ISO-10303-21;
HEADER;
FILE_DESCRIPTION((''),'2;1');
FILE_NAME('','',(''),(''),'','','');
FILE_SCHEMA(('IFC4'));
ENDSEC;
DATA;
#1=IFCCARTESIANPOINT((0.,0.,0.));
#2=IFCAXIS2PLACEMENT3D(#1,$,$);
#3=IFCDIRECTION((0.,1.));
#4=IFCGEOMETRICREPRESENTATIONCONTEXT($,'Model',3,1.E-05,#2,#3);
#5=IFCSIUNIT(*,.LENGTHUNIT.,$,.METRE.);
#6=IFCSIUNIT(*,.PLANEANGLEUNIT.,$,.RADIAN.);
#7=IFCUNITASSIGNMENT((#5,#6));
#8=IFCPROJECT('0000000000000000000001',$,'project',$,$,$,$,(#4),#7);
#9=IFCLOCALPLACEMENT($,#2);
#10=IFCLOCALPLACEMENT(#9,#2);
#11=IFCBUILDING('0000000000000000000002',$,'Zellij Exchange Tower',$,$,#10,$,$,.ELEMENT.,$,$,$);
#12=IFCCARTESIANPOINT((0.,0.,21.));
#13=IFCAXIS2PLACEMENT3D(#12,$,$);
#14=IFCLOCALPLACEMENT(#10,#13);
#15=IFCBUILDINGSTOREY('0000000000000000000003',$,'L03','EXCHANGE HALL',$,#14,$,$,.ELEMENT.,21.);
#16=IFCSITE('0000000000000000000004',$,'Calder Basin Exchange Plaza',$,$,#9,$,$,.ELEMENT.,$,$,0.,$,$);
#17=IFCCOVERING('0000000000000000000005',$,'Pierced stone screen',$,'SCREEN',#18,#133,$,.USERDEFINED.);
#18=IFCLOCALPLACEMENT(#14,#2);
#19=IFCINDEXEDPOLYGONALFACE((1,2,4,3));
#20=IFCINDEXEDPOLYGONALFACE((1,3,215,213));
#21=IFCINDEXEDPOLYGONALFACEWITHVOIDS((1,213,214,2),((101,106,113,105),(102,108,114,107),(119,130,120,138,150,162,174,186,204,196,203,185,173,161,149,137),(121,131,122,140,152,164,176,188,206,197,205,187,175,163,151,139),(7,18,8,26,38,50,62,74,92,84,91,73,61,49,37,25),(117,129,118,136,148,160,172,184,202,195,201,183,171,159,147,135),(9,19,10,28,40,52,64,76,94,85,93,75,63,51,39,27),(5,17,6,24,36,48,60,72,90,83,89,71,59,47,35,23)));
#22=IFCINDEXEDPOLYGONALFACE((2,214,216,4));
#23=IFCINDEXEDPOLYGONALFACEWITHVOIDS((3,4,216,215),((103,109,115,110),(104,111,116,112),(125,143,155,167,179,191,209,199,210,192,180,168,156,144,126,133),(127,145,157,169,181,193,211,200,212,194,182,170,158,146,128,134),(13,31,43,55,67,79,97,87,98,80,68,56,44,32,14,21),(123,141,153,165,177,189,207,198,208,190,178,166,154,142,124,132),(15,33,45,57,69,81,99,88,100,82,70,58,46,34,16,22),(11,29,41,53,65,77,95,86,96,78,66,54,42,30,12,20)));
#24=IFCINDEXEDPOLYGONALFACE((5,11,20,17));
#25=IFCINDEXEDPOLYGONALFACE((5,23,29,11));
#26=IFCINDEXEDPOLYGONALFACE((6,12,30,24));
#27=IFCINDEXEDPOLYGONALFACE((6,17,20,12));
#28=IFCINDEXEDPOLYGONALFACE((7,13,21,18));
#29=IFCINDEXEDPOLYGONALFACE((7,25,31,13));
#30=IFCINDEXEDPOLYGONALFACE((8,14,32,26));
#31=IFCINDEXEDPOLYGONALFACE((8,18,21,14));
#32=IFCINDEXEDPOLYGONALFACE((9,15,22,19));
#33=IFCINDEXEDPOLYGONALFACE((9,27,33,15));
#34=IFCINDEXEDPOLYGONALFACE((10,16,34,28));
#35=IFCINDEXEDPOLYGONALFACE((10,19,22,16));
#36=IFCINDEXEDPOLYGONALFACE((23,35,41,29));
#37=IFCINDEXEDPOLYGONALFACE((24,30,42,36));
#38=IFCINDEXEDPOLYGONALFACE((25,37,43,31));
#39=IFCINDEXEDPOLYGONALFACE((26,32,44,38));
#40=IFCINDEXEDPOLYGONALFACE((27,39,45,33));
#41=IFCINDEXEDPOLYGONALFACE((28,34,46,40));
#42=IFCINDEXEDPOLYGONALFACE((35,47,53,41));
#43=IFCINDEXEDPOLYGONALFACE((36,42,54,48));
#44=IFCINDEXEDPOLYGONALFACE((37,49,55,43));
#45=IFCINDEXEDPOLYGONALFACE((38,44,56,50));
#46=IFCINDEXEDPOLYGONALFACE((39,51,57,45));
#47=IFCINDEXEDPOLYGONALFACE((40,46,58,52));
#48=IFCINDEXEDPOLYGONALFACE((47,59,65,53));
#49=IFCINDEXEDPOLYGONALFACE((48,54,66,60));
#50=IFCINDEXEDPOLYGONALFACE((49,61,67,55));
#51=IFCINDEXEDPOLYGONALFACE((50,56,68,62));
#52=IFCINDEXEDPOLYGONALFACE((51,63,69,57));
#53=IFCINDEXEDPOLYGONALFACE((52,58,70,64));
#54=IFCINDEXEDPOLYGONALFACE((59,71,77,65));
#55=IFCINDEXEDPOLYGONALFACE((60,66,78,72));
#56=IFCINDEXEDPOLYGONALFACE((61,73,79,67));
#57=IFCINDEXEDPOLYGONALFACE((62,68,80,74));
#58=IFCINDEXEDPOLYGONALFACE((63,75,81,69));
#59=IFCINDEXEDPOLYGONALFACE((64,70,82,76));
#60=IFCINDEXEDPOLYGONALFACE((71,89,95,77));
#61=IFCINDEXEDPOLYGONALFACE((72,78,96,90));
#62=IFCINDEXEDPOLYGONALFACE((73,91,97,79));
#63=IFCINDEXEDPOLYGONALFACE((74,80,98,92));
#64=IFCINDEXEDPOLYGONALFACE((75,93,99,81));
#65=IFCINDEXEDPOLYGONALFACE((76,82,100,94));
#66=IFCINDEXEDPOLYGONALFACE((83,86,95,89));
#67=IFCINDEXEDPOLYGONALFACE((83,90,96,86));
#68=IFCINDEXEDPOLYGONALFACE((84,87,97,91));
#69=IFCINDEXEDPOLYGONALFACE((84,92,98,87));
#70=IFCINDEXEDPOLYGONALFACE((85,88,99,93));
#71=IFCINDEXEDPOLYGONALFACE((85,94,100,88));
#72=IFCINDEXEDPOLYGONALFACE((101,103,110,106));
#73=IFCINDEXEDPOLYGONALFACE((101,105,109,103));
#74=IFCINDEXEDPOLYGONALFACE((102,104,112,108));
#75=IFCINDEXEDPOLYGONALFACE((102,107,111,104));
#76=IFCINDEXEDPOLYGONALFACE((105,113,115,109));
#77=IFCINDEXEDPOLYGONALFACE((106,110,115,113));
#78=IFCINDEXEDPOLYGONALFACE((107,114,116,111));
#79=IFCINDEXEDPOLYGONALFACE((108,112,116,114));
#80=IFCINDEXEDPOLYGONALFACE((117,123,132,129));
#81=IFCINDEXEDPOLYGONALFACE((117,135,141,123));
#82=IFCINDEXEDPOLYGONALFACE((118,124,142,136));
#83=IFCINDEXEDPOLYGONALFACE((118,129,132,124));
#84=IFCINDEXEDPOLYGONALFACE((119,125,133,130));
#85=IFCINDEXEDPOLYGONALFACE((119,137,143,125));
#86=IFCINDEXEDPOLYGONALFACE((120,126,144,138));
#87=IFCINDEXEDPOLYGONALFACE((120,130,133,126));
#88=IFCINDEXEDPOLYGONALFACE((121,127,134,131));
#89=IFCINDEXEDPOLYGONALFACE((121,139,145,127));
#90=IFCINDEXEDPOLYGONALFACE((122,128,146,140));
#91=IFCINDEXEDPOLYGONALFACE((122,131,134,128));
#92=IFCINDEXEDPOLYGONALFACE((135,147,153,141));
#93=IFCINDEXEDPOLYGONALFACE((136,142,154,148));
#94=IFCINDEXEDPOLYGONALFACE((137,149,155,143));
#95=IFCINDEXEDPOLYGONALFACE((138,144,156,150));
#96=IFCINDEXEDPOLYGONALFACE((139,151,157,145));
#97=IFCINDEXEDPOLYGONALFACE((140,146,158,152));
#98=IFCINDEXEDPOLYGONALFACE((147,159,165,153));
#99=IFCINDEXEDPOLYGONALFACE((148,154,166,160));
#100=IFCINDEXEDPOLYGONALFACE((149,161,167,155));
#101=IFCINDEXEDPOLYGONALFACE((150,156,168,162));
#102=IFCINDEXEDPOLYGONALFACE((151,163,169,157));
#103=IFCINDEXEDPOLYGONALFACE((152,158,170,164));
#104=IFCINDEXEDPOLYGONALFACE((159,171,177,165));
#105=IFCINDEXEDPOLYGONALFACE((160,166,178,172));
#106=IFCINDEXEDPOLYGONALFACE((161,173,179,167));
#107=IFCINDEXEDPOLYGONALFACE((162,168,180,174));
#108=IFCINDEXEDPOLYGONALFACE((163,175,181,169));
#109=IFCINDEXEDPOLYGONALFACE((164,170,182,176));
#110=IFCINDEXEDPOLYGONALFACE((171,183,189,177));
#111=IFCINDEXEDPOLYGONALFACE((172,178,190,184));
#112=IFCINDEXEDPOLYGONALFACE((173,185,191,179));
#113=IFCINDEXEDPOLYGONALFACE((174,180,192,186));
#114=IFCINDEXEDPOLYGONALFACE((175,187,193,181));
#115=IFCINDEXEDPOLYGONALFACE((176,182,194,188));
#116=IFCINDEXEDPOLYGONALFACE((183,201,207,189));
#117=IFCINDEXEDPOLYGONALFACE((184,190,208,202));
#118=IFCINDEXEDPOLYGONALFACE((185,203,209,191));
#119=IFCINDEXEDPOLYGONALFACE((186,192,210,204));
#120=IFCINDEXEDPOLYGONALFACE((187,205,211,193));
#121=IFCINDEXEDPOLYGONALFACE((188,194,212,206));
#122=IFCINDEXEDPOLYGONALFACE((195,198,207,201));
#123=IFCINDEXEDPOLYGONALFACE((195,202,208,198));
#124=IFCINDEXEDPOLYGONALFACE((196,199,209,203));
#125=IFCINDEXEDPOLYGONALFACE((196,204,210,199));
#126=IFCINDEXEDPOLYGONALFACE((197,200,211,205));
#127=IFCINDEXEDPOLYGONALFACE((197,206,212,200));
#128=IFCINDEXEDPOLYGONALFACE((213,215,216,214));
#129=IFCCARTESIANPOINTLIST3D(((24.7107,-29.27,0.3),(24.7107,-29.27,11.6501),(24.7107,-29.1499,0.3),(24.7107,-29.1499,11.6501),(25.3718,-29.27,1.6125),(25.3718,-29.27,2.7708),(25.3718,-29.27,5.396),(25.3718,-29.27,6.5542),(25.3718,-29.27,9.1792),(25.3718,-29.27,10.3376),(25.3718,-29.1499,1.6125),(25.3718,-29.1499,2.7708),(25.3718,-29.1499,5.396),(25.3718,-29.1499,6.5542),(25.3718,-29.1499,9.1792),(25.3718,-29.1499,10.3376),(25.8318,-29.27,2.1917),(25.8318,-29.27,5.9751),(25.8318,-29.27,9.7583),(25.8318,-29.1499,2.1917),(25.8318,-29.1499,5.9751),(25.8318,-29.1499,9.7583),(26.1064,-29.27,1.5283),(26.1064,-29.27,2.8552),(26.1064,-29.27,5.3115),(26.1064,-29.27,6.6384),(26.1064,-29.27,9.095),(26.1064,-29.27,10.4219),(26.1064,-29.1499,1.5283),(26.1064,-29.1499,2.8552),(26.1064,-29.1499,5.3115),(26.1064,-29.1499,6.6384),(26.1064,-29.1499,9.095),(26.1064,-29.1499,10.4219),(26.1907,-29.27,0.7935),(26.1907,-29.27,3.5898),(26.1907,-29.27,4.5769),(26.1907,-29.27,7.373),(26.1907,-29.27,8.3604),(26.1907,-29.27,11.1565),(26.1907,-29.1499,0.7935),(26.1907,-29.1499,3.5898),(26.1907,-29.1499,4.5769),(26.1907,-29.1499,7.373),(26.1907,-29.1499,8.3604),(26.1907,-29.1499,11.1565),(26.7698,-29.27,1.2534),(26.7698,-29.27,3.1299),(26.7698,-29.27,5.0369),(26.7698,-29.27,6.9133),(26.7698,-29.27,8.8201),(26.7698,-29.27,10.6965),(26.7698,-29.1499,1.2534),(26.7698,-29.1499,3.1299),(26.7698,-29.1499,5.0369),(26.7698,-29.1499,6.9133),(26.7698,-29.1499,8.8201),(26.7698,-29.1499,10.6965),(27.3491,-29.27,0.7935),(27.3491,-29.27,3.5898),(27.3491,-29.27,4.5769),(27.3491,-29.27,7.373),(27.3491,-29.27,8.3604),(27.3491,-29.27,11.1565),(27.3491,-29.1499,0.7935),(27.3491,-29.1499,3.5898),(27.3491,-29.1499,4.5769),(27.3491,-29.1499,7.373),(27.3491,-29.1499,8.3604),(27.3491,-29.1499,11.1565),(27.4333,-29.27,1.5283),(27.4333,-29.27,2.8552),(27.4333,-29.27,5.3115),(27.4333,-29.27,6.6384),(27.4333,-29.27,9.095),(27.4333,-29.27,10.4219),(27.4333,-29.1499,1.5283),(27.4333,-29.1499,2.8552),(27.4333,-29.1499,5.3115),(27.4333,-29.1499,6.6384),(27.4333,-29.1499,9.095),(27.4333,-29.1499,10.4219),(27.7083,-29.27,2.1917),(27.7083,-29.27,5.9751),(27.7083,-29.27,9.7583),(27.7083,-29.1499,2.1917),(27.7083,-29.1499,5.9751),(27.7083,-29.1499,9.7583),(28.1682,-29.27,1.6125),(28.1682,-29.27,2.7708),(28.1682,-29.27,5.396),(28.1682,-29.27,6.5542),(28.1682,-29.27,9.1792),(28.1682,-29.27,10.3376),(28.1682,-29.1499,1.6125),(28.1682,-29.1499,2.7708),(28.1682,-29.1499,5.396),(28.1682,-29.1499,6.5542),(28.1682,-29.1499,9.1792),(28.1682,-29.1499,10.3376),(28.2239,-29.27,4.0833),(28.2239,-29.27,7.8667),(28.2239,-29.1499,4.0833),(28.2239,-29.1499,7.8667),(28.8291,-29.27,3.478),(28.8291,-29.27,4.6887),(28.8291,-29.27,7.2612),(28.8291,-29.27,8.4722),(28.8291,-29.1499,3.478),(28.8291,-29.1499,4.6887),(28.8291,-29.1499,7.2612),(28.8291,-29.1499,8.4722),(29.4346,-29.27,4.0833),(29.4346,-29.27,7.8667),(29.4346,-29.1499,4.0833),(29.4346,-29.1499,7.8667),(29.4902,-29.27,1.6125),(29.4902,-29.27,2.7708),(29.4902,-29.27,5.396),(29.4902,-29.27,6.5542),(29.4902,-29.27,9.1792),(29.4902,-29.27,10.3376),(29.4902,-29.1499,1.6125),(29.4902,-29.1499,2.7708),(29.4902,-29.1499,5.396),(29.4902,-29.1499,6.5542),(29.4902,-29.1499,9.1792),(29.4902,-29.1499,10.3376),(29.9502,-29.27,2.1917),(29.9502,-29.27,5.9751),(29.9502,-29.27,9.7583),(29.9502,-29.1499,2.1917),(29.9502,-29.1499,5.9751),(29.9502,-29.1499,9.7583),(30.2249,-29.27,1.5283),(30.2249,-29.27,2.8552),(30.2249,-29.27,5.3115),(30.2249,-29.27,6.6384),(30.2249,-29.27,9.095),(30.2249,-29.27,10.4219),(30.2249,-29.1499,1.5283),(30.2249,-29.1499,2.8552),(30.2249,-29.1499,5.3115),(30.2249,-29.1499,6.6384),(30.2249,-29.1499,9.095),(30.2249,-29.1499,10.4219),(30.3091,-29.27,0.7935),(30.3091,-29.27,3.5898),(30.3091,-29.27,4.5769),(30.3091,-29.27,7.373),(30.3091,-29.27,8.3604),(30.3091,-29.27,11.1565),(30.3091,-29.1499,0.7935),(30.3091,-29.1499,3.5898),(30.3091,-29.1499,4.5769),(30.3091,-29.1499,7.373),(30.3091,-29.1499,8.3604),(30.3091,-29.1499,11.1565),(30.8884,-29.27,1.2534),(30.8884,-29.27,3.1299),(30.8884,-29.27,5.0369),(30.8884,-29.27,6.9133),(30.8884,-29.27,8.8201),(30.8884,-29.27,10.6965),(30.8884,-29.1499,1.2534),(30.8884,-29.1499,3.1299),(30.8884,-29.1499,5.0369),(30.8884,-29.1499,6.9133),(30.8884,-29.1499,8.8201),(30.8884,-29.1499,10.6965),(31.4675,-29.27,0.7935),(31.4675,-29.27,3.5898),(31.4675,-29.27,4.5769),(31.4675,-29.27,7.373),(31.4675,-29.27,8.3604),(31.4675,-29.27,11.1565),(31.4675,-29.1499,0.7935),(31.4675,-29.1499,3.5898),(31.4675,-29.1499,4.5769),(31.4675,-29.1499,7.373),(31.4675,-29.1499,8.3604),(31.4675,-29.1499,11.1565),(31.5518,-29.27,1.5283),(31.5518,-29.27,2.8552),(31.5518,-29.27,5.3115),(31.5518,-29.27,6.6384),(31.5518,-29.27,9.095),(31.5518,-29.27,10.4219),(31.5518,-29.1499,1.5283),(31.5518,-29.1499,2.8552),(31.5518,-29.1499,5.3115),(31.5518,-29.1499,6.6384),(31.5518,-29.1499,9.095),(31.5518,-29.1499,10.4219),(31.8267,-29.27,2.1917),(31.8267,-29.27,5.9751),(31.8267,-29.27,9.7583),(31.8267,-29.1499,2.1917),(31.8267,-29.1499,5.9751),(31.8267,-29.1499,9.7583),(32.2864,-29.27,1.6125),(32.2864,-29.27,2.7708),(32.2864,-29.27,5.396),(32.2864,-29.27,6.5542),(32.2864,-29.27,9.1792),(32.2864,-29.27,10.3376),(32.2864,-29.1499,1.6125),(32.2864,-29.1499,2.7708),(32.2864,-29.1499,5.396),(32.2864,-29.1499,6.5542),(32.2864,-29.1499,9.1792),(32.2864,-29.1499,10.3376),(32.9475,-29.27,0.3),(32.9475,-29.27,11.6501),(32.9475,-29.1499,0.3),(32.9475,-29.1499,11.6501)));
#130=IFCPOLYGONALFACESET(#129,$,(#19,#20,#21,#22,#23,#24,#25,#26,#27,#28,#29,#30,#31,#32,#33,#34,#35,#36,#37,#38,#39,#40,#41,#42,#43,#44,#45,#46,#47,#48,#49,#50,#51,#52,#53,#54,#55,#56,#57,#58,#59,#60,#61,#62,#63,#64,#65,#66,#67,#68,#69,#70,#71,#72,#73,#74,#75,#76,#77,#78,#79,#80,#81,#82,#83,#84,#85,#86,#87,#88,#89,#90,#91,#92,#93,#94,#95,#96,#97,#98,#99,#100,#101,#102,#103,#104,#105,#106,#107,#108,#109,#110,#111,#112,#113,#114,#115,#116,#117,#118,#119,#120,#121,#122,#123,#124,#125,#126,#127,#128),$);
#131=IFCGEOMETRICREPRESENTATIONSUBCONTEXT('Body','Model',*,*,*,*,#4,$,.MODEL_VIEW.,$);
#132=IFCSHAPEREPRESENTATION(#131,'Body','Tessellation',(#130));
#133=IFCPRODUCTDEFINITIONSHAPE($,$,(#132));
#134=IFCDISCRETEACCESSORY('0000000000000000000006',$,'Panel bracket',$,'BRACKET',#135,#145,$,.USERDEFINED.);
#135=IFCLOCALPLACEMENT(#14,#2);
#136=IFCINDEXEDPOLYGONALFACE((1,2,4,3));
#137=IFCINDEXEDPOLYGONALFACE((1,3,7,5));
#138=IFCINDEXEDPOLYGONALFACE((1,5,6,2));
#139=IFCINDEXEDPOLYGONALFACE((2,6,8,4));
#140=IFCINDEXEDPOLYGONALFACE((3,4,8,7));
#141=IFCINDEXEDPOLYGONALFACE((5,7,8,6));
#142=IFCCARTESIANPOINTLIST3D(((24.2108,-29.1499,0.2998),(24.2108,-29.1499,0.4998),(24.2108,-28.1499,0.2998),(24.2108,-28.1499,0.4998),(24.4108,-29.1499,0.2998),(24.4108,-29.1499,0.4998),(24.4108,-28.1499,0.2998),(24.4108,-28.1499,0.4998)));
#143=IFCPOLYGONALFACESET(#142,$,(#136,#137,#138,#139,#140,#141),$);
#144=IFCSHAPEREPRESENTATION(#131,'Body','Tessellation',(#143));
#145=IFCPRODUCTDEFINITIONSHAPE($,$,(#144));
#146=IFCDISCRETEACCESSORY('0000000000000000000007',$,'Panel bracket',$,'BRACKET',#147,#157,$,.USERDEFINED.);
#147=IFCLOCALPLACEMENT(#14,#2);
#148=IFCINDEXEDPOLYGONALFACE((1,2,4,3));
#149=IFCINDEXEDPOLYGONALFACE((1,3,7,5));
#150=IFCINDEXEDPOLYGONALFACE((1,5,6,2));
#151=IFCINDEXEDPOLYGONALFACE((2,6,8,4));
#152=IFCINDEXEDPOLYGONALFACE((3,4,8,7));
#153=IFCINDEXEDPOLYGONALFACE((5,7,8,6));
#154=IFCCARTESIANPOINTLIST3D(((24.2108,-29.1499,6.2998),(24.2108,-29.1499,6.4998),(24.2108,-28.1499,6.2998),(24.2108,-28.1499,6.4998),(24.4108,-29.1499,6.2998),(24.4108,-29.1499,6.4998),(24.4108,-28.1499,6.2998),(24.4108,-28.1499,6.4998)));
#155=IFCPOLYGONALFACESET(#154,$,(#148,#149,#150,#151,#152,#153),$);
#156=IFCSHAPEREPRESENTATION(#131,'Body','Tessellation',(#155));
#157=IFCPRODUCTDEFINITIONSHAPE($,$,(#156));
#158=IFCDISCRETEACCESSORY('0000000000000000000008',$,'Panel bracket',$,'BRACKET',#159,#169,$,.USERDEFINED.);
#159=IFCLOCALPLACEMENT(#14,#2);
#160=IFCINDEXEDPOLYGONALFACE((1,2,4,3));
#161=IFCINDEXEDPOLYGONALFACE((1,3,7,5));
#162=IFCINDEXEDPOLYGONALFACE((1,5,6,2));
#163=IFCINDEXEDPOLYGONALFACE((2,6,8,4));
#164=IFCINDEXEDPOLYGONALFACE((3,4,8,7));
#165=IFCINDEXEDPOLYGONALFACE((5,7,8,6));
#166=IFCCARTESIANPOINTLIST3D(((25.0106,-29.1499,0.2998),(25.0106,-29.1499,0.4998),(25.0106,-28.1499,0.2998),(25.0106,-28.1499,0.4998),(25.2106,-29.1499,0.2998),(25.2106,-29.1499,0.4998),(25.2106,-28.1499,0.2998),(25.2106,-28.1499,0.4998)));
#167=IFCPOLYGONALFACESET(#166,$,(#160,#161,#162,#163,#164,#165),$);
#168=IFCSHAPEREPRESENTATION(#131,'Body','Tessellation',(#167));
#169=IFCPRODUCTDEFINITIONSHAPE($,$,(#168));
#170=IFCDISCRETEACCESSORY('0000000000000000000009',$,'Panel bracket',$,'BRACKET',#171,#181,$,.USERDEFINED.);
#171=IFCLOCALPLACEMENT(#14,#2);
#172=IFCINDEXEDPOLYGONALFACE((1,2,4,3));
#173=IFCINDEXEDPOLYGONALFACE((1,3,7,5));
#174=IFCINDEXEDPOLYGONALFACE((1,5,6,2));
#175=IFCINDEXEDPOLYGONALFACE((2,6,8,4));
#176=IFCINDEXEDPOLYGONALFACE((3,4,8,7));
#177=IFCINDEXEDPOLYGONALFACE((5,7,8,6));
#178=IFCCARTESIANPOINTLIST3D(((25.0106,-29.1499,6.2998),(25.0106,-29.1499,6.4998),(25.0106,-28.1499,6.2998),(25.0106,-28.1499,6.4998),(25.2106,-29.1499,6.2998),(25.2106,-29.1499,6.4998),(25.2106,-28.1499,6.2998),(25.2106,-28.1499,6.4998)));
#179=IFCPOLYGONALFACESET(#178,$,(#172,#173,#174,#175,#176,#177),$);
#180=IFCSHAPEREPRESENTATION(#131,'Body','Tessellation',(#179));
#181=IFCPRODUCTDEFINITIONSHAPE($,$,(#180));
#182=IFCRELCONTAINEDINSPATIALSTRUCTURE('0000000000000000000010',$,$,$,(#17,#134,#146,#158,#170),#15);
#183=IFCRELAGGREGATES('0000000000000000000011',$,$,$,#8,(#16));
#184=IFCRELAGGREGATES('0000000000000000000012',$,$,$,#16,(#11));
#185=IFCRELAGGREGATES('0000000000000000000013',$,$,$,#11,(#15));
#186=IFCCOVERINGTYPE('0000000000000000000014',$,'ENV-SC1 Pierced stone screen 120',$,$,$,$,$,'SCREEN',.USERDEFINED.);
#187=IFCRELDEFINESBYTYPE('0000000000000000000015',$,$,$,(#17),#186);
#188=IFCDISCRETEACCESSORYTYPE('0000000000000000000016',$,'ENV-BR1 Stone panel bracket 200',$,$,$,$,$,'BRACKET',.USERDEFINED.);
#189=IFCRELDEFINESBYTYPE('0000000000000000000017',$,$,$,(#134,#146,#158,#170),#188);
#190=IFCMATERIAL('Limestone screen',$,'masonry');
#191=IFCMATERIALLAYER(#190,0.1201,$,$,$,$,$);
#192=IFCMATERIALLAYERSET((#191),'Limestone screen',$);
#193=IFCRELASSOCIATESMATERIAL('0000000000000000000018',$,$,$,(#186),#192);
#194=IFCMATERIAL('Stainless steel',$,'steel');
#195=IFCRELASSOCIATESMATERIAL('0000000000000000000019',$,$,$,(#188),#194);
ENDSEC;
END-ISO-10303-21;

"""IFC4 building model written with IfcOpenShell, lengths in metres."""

from ifc_helpers import new_model, si_unit, direction, frame, origin, origin_2d, place, context, subcontext, project, spatial, polyline, rectangle, outline, extrude, material, layer, layer_set, type_object, element, save


model = new_model("IFC4")

# Units and contexts
model_context = context("Model", 3, precision=1e-05, world=origin(), true_north=direction((0.0, 1.0)))
body_context = subcontext(model_context, "Body", "Model", "MODEL_VIEW")
ifc_project = project(units=[si_unit("LENGTHUNIT", "METRE"), si_unit("PLANEANGLEUNIT", "RADIAN")], contexts=[model_context])

# Site, building, storey
site_placement = place(None, origin())
site = spatial("IfcSite", under=ifc_project, at=site_placement, Name="Calder Basin Exchange Plaza", CompositionType="ELEMENT", RefElevation=0.0)
building_placement = place(site_placement, origin())
building = spatial("IfcBuilding", under=site, at=building_placement, Name="Zellij Exchange Tower", CompositionType="ELEMENT")
storey_placement = place(building_placement, frame((0.0, 0.0, 21.0)))
storey = spatial("IfcBuildingStorey", under=building, at=storey_placement, Name="L03", Description="EXCHANGE HALL", CompositionType="ELEMENT", Elevation=21.0)

# Covering
ifc_material_1 = material(Name="Limestone screen", Category="masonry")
ifc_layer_1 = layer(ifc_material_1, 0.1201)
ifc_layer_set_1 = layer_set([ifc_layer_1], Name="Limestone screen")
covering_type = type_object("IfcCoveringType", Name="ENV-SC1 Pierced stone screen 120", ElementType="SCREEN", PredefinedType="USERDEFINED", material=ifc_layer_set_1)
covering_placement = place(storey_placement, frame((24.7107, -29.21, 0.3), z_axis=(0.0, 0.0, 1.0), x_axis=(1.0, 0.0, 0.0)))
element("IfcCovering", 1, at=covering_placement, inside=storey, type_object=covering_type, Name="Pierced stone screen", ObjectType="SCREEN", PredefinedType="USERDEFINED", context=body_context, shape_type="SweptSolid", body=[
    extrude(outline(polyline([(0.0, 0.0), (8.2368, 0.0), (8.2368, 11.3501), (0.0, 11.3501), (0.0, 0.0)]), holes=[polyline([(3.4575, 2.4707), (2.7227, 2.5552), (2.6384, 3.2898), (2.0591, 2.8298), (1.48, 3.2898), (1.3958, 2.5552), (0.6611, 2.4707), (1.1211, 1.8916), (0.6611, 1.3125), (1.3958, 1.2283), (1.48, 0.4934), (2.0591, 0.9534), (2.6384, 0.4934), (2.7227, 1.2283), (3.4575, 1.3125), (2.9976, 1.8916), (3.4575, 2.4707)]), polyline([(3.4575, 6.2542), (2.7227, 6.3384), (2.6384, 7.073), (2.0591, 6.6133), (1.48, 7.073), (1.3958, 6.3384), (0.6611, 6.2542), (1.1211, 5.675), (0.6611, 5.0959), (1.3958, 5.0115), (1.48, 4.2769), (2.0591, 4.7368), (2.6384, 4.2769), (2.7227, 5.0115), (3.4575, 5.0959), (2.9976, 5.675), (3.4575, 6.2542)]), polyline([(3.4575, 10.0376), (2.7227, 10.1218), (2.6384, 10.8564), (2.0591, 10.3965), (1.48, 10.8564), (1.3958, 10.1218), (0.6611, 10.0376), (1.1211, 9.4583), (0.6611, 8.8792), (1.3958, 8.7949), (1.48, 8.0603), (2.0591, 8.52), (2.6384, 8.0603), (2.7227, 8.7949), (3.4575, 8.8792), (2.9976, 9.4583), (3.4575, 10.0376)]), polyline([(7.5757, 2.4707), (6.8411, 2.5552), (6.7568, 3.2898), (6.1777, 2.8298), (5.5984, 3.2898), (5.5142, 2.5552), (4.7795, 2.4707), (5.2395, 1.8916), (4.7795, 1.3125), (5.5142, 1.2283), (5.5984, 0.4934), (6.1777, 0.9534), (6.7568, 0.4934), (6.8411, 1.2283), (7.5757, 1.3125), (7.116, 1.8916), (7.5757, 2.4707)]), polyline([(7.5757, 6.2542), (6.8411, 6.3384), (6.7568, 7.073), (6.1777, 6.6133), (5.5984, 7.073), (5.5142, 6.3384), (4.7795, 6.2542), (5.2395, 5.675), (4.7795, 5.0959), (5.5142, 5.0115), (5.5984, 4.2769), (6.1777, 4.7368), (6.7568, 4.2769), (6.8411, 5.0115), (7.5757, 5.0959), (7.116, 5.675), (7.5757, 6.2542)]), polyline([(7.5757, 10.0376), (6.8411, 10.1218), (6.7568, 10.8564), (6.1777, 10.3965), (5.5984, 10.8564), (5.5142, 10.1218), (4.7795, 10.0376), (5.2395, 9.4583), (4.7795, 8.8792), (5.5142, 8.7949), (5.5984, 8.0603), (6.1777, 8.52), (6.7568, 8.0603), (6.8411, 8.7949), (7.5757, 8.8792), (7.116, 9.4583), (7.5757, 10.0376)]), polyline([(4.7239, 3.7832), (4.1184, 4.3887), (3.5132, 3.7832), (4.1184, 3.178), (4.7239, 3.7832)]), polyline([(4.7239, 7.5667), (4.1184, 8.1721), (3.5132, 7.5667), (4.1184, 6.9612), (4.7239, 7.5667)])]), frame((0.0, 0.0601, 0.0), z_axis=(0.0, -1.0, 0.0), x_axis=(1.0, 0.0, 0.0)), (0.0, 0.0, 1.0), 0.1201),
])

# Discrete accessories
ifc_material_2 = material(Name="Stainless steel", Category="steel")
discrete_accessory_type = type_object("IfcDiscreteAccessoryType", Name="ENV-BR1 Stone panel bracket 200", ElementType="BRACKET", PredefinedType="USERDEFINED", material=ifc_material_2)
for number, where, z_axis, x_axis, name in (
    (2, (24.3108, -28.6499, 0.2998), (0.0, 0.0, 1.0), (1.0, 0.0, 0.0), "Panel bracket"),
    (3, (24.3108, -28.6499, 6.2998), (0.0, 0.0, 1.0), (1.0, 0.0, 0.0), "Panel bracket"),
    (4, (25.1106, -28.6499, 0.2998), (0.0, 0.0, 1.0), (1.0, 0.0, 0.0), "Panel bracket"),
    (5, (25.1106, -28.6499, 6.2998), (0.0, 0.0, 1.0), (1.0, 0.0, 0.0), "Panel bracket"),
):
    element("IfcDiscreteAccessory", number, at=place(storey_placement, frame(where, z_axis=z_axis, x_axis=x_axis)), inside=storey, type_object=discrete_accessory_type, Name=name, ObjectType="BRACKET", PredefinedType="USERDEFINED", context=body_context, shape_type="SweptSolid", body=[
        extrude(rectangle(XDim=0.2, YDim=1.0, at=origin_2d()), origin(), (0.0, 0.0, 1.0), 0.2),
    ])

save(model, "model.ifc")
